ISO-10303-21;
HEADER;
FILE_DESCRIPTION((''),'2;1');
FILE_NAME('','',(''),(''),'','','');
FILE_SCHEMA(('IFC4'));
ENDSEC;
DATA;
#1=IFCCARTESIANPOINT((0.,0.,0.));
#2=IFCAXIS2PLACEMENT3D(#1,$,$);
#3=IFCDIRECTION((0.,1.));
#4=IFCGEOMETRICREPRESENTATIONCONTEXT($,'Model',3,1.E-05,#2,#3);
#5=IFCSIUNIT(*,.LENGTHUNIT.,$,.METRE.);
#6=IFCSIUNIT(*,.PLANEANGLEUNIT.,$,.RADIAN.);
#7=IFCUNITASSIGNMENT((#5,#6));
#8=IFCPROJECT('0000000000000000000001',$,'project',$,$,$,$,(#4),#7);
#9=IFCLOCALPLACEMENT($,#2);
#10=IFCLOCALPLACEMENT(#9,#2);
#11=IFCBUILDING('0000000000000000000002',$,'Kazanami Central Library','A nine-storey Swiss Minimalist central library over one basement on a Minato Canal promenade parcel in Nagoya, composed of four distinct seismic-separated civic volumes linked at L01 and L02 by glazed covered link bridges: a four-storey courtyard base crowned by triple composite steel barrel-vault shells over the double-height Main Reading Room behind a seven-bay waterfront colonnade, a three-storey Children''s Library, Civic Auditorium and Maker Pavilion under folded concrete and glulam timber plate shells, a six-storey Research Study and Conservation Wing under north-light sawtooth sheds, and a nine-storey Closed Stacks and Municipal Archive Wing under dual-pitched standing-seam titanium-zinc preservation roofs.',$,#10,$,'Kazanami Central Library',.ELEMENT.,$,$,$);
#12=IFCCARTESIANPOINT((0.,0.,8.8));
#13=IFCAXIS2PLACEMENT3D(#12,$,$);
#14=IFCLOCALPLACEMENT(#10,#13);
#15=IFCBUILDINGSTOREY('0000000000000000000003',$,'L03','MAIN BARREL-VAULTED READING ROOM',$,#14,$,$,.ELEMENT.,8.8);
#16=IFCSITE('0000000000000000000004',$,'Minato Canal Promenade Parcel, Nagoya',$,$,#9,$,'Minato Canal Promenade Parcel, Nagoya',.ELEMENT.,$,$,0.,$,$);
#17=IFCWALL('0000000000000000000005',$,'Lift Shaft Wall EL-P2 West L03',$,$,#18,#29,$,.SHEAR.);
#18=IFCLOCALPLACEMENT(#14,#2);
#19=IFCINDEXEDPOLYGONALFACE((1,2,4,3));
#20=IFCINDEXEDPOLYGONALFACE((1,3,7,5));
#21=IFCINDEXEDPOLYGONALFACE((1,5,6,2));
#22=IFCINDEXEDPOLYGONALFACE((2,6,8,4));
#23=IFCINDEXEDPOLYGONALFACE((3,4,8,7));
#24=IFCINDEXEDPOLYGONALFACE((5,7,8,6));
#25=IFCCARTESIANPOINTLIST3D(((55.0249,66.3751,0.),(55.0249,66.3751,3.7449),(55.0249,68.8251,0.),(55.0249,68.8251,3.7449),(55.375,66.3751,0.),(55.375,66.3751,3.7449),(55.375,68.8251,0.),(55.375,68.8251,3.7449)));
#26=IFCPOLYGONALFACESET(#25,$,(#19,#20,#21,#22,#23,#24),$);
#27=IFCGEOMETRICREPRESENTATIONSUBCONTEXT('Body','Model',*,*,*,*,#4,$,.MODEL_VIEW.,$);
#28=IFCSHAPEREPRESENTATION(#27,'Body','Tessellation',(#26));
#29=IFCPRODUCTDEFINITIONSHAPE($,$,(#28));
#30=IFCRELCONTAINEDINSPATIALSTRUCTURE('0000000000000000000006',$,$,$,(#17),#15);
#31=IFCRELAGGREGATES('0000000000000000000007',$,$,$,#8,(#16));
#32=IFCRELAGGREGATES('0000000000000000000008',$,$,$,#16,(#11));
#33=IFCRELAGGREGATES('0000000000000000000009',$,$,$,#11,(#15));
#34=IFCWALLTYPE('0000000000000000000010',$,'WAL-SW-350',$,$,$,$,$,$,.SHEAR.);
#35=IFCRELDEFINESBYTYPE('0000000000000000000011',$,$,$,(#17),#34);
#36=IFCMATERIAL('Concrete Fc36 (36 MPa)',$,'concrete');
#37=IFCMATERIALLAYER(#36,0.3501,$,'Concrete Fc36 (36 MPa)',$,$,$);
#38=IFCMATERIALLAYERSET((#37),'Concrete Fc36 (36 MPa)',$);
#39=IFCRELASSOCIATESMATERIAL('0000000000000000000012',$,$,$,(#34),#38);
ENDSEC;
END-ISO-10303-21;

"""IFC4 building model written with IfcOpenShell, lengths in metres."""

from ifc_helpers import new_model, si_unit, direction, frame, frame_2d, origin, place, context, subcontext, project, spatial, rectangle, extrude, material, layer, layer_set, type_object, element, save


model = new_model("IFC4")

# Units and contexts
model_context = context("Model", 3, precision=1e-05, world=origin(), true_north=direction((0.0, 1.0)))
body_context = subcontext(model_context, "Body", "Model", "MODEL_VIEW")
ifc_project = project(units=[si_unit("LENGTHUNIT", "METRE"), si_unit("PLANEANGLEUNIT", "RADIAN")], contexts=[model_context])

# Site, building, storey
site_placement = place(None, origin())
site = spatial("IfcSite", under=ifc_project, at=site_placement, Name="Minato Canal Promenade Parcel, Nagoya", LongName="Minato Canal Promenade Parcel, Nagoya", CompositionType="ELEMENT", RefElevation=0.0)
building_placement = place(site_placement, origin())
building = spatial("IfcBuilding", under=site, at=building_placement, Name="Kazanami Central Library", Description="A nine-storey Swiss Minimalist central library over one basement on a Minato Canal promenade parcel in Nagoya, composed of four distinct seismic-separated civic volumes linked at L01 and L02 by glazed covered link bridges: a four-storey courtyard base crowned by triple composite steel barrel-vault shells over the double-height Main Reading Room behind a seven-bay waterfront colonnade, a three-storey Children's Library, Civic Auditorium and Maker Pavilion under folded concrete and glulam timber plate shells, a six-storey Research Study and Conservation Wing under north-light sawtooth sheds, and a nine-storey Closed Stacks and Municipal Archive Wing under dual-pitched standing-seam titanium-zinc preservation roofs.", LongName="Kazanami Central Library", CompositionType="ELEMENT")
storey_placement = place(building_placement, frame((0.0, 0.0, 8.8)))
storey = spatial("IfcBuildingStorey", under=building, at=storey_placement, Name="L03", Description="MAIN BARREL-VAULTED READING ROOM", CompositionType="ELEMENT", Elevation=8.8)

# Shared definitions
ifc_material_1 = material(Name="Concrete Fc36 (36 MPa)", Category="concrete")

# Shared definitions
ifc_layer_1 = layer(ifc_material_1, 0.3501, Name="Concrete Fc36 (36 MPa)")
ifc_layer_set_1 = layer_set([ifc_layer_1], Name="Concrete Fc36 (36 MPa)")
wall_type_1 = type_object("IfcWallType", Name="WAL-SW-350", PredefinedType="SHEAR", material=ifc_layer_set_1)

# Wall
wall_1_placement = place(storey_placement, frame((55.2, 66.375, 0.0), z_axis=(0.0, 0.0, 1.0), x_axis=(0.0, 1.0, 0.0)))
element("IfcWall", 1, at=wall_1_placement, inside=storey, type_object=wall_type_1, Name="Lift Shaft Wall EL-P2 West L03", PredefinedType="SHEAR", context=body_context, shape_type="SweptSolid", body=[
    extrude(rectangle(XDim=2.45, YDim=0.3501, at=frame_2d((1.2251, 0.0))), origin(), (0.0, 0.0, 1.0), 3.7449),
])

save(model, "model.ifc")
